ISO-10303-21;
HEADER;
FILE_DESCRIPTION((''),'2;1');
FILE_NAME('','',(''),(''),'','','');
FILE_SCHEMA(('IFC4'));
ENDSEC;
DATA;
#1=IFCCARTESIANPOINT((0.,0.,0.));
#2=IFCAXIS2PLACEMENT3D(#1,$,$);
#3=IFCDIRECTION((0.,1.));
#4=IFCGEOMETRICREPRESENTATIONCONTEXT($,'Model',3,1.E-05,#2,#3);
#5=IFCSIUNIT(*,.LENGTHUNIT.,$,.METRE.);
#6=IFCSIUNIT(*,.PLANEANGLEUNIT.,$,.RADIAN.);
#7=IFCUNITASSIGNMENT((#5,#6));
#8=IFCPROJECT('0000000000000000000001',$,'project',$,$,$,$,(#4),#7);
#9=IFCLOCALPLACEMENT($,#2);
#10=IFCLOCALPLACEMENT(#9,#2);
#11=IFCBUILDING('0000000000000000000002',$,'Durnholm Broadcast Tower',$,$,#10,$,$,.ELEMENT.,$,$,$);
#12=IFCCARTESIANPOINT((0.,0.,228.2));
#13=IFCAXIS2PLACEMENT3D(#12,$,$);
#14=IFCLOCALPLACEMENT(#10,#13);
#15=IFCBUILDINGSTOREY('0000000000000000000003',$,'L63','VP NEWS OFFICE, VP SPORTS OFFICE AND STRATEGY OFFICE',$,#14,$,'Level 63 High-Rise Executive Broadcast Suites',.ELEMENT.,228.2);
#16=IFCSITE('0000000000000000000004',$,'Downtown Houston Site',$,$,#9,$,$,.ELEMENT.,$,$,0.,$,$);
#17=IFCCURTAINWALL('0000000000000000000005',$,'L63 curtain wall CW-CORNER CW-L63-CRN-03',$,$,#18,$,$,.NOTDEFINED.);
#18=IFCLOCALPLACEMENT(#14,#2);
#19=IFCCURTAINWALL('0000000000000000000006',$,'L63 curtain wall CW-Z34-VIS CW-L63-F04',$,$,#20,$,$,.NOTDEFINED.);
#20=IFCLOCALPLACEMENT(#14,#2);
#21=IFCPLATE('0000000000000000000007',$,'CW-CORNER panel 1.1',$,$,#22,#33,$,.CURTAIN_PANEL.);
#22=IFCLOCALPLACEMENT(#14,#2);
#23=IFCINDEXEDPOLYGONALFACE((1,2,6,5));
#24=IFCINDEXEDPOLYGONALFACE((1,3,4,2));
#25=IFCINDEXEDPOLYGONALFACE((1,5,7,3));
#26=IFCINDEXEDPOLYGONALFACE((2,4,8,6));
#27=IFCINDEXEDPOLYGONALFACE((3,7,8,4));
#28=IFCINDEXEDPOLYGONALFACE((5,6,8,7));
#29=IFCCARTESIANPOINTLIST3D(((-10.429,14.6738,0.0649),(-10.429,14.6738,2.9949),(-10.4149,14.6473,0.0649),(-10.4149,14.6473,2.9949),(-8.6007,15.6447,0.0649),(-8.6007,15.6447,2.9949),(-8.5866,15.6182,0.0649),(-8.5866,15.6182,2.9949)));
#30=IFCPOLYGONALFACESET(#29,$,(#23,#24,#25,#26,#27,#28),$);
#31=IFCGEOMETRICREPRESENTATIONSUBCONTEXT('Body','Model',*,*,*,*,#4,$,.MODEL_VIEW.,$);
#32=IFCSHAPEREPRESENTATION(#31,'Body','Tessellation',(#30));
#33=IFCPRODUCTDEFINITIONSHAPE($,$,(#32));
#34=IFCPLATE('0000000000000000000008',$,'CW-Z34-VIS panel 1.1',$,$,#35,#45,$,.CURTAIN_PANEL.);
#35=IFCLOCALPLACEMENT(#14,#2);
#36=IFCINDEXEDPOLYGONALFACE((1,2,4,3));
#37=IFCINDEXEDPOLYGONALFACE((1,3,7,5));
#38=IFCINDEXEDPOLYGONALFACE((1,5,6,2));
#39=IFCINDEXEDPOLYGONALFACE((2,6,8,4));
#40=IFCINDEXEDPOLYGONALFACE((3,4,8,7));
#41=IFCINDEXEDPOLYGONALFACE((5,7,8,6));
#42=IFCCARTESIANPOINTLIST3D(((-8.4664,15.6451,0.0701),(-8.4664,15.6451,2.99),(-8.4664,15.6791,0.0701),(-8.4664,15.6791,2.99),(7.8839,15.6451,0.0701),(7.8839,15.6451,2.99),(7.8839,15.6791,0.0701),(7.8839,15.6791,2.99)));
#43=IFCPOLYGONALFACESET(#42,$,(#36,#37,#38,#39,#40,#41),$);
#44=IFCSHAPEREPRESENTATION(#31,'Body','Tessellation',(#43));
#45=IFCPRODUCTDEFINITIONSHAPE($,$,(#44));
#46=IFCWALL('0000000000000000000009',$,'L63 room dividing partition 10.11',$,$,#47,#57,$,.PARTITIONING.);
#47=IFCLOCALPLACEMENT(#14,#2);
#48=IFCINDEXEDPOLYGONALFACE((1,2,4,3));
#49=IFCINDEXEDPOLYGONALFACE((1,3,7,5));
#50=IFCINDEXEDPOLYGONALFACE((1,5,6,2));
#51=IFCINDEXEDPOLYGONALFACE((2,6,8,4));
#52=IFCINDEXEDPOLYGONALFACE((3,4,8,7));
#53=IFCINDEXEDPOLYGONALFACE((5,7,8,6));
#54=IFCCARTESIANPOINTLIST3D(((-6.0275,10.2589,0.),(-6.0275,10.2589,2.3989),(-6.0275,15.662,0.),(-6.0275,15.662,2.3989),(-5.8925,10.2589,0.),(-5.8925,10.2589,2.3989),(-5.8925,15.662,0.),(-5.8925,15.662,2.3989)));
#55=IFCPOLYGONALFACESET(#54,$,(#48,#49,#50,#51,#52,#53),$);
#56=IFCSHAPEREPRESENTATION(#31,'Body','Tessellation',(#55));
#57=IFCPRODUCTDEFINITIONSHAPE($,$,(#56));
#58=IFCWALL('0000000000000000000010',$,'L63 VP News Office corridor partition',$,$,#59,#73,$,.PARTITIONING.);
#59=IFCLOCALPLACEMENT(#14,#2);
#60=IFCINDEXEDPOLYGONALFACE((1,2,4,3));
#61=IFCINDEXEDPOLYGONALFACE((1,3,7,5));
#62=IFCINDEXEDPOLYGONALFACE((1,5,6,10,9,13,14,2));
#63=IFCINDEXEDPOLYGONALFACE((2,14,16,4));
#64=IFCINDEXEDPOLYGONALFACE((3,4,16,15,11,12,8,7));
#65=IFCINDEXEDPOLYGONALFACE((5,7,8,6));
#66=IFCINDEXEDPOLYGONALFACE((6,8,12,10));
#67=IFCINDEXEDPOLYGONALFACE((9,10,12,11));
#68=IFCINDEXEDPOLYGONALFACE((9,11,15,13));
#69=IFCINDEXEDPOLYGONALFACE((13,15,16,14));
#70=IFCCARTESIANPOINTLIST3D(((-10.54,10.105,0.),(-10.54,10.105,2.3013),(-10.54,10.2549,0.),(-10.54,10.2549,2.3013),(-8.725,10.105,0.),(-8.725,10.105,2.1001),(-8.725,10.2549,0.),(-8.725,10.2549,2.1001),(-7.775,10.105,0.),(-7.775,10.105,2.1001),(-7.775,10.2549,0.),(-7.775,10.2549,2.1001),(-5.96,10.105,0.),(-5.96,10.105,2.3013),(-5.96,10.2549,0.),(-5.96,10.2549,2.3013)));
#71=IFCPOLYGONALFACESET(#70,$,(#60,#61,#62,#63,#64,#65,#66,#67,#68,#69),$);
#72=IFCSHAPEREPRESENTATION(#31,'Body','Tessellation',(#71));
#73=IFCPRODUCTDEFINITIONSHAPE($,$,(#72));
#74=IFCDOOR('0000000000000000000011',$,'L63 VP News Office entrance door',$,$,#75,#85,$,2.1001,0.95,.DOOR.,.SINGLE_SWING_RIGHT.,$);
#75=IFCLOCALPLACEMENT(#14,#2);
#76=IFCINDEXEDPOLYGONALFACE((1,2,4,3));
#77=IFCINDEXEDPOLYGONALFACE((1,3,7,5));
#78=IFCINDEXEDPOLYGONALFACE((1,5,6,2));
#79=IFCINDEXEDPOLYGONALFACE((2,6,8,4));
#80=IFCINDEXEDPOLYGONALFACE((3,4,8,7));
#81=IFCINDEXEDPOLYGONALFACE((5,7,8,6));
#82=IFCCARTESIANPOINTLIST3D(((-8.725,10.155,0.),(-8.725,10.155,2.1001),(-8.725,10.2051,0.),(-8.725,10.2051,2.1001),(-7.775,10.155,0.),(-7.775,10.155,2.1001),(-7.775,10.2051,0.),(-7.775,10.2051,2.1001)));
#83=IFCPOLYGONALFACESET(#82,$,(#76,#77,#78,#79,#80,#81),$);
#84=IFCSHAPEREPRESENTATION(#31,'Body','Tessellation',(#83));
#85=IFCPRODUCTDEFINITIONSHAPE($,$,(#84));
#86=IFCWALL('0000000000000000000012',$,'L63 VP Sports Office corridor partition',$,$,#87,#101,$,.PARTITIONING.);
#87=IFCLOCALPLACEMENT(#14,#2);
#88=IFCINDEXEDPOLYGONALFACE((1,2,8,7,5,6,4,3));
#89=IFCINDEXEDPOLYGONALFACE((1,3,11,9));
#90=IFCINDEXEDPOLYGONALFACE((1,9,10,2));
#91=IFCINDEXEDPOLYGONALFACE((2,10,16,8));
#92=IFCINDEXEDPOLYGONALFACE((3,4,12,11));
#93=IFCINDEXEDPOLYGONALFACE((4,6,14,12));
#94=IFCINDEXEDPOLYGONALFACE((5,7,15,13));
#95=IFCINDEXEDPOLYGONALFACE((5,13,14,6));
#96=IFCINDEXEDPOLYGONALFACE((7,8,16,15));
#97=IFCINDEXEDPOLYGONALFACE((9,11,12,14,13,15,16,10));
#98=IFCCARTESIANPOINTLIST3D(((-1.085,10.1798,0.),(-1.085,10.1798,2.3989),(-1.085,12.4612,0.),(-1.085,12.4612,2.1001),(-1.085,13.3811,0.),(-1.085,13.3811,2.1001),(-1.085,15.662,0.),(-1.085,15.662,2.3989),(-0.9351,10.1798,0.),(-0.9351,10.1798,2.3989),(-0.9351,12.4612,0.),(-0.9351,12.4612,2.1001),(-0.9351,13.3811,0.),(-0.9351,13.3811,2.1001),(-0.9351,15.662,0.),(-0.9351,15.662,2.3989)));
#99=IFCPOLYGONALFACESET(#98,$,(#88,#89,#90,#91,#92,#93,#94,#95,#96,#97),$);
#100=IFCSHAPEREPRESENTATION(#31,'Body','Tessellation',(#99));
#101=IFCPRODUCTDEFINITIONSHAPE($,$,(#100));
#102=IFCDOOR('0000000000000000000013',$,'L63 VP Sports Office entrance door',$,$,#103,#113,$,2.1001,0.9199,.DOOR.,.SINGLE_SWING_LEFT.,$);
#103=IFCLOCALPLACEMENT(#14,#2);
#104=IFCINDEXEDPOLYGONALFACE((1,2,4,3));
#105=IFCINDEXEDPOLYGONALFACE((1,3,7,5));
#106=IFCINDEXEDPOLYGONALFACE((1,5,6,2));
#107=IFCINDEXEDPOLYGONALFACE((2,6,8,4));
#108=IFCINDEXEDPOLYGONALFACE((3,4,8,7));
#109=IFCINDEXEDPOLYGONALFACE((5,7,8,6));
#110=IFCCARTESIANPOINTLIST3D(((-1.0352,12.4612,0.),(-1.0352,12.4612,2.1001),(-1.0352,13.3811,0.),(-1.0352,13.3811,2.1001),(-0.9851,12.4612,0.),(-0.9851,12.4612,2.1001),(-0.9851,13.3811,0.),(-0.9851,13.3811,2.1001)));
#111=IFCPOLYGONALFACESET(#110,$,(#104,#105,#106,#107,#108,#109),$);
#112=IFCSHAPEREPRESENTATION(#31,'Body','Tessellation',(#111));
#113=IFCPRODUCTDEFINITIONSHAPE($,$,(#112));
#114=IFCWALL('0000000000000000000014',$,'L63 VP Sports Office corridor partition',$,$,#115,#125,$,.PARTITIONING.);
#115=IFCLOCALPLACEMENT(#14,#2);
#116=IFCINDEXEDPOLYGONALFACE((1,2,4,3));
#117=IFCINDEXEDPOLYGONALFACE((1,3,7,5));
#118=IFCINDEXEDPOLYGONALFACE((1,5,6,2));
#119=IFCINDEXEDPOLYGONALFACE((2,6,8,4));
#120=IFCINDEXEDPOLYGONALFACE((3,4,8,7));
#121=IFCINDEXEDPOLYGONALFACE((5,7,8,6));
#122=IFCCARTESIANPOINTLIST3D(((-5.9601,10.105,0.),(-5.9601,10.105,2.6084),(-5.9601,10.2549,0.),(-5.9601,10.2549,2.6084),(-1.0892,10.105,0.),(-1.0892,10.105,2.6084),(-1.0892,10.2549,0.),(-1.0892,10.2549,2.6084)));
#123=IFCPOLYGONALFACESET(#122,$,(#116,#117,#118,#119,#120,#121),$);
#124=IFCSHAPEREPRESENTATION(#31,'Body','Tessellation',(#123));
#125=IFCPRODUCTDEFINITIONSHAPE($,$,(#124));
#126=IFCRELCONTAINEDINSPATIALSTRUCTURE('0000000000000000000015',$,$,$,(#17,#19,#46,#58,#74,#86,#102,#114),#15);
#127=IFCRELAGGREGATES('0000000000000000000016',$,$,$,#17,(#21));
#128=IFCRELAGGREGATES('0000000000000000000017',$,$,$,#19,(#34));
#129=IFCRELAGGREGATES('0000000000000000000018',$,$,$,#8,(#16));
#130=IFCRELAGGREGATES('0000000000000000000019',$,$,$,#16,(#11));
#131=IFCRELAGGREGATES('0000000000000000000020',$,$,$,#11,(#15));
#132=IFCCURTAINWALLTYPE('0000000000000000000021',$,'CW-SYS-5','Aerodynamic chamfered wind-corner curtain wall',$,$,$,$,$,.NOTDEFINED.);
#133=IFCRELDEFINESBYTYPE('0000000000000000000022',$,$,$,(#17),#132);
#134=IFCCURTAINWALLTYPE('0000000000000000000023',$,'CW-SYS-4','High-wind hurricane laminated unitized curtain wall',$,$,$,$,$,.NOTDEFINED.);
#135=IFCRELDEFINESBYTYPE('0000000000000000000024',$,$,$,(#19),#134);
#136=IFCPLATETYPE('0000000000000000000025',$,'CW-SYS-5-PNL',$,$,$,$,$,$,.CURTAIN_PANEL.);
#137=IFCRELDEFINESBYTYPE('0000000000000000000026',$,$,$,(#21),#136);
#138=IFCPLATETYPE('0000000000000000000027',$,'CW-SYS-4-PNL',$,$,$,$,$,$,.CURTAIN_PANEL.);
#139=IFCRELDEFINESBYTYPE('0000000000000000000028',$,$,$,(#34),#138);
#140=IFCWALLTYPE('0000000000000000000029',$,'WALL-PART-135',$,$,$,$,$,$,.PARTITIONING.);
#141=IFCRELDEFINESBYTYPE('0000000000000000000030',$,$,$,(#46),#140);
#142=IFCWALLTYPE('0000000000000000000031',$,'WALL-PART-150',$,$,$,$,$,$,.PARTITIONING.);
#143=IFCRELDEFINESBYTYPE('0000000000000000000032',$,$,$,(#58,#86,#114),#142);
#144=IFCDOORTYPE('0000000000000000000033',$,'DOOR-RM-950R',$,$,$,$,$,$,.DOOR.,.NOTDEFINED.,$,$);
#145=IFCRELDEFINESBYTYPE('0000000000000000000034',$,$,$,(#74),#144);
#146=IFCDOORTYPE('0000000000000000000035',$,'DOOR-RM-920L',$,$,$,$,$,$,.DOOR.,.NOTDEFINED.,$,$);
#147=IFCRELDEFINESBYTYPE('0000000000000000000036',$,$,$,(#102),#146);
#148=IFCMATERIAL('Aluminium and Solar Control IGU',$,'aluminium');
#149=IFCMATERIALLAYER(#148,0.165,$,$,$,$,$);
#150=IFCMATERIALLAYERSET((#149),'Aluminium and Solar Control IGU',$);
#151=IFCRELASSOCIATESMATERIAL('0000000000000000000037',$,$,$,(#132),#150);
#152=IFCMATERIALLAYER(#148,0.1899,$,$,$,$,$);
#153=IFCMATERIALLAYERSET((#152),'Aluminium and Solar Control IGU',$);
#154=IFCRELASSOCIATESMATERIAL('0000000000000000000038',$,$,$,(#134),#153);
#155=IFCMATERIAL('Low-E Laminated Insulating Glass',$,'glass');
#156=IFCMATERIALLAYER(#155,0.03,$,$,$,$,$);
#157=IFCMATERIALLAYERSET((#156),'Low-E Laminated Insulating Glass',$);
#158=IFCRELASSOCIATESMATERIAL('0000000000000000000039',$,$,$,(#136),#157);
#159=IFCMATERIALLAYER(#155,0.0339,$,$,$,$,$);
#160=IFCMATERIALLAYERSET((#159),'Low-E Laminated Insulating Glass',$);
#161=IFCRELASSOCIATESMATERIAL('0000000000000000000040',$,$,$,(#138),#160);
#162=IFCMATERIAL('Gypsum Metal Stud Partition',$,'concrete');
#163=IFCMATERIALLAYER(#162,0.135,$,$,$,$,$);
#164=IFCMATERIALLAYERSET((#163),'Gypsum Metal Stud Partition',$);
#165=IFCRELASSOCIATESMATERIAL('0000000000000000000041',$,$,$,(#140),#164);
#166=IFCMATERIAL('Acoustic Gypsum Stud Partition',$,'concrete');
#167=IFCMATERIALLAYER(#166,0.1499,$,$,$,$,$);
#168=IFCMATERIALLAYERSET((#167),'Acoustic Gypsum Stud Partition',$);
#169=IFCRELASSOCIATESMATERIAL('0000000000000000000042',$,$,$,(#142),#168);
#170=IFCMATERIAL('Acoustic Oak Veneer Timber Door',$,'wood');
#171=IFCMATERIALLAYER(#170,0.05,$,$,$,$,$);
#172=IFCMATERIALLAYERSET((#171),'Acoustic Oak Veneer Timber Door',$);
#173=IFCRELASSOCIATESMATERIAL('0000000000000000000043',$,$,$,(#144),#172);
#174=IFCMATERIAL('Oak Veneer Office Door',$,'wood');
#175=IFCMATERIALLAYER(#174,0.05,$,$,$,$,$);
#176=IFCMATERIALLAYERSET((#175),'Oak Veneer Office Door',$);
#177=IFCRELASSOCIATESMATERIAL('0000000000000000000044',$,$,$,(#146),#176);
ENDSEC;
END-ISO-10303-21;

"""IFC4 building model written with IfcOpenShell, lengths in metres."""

from ifc_helpers import new_model, si_unit, direction, frame, frame_2d, origin, origin_2d, place, context, subcontext, project, spatial, rectangle, extrude, source, transform, mapped, material, layer, layer_set, type_object, type_shapes, element, fill, aggregate, save


model = new_model("IFC4")

# Units and contexts
model_context = context("Model", 3, precision=1e-05, world=origin(), true_north=direction((0.0, 1.0)))
body_context = subcontext(model_context, "Body", "Model", "MODEL_VIEW")
ifc_project = project(units=[si_unit("LENGTHUNIT", "METRE"), si_unit("PLANEANGLEUNIT", "RADIAN")], contexts=[model_context])

# Site, building, storey
site_placement = place(None, origin())
site = spatial("IfcSite", under=ifc_project, at=site_placement, Name="Downtown Houston Site", CompositionType="ELEMENT", RefElevation=0.0)
building_placement = place(site_placement, origin())
building = spatial("IfcBuilding", under=site, at=building_placement, Name="Durnholm Broadcast Tower", CompositionType="ELEMENT")
storey_placement = place(building_placement, frame((0.0, 0.0, 228.2)))
storey = spatial("IfcBuildingStorey", under=building, at=storey_placement, Name="L63", Description="VP NEWS OFFICE, VP SPORTS OFFICE AND STRATEGY OFFICE", LongName="Level 63 High-Rise Executive Broadcast Suites", CompositionType="ELEMENT", Elevation=228.2)

# Curtain wall
ifc_material_1 = material(Name="Aluminium and Solar Control IGU", Category="aluminium")
ifc_layer_1 = layer(ifc_material_1, 0.165)
ifc_layer_set_1 = layer_set([ifc_layer_1], Name="Aluminium and Solar Control IGU")
curtain_wall_type_1 = type_object("IfcCurtainWallType", Name="CW-SYS-5", Description="Aerodynamic chamfered wind-corner curtain wall", PredefinedType="NOTDEFINED", material=ifc_layer_set_1)
curtain_wall_1_placement = place(storey_placement, origin())
curtain_wall_1 = element("IfcCurtainWall", 1, at=curtain_wall_1_placement, inside=storey, type_object=curtain_wall_type_1, Name="L63 curtain wall CW-CORNER CW-L63-CRN-03", PredefinedType="NOTDEFINED")

# Curtain wall
ifc_layer_2 = layer(ifc_material_1, 0.1899)
ifc_layer_set_2 = layer_set([ifc_layer_2], Name="Aluminium and Solar Control IGU")
curtain_wall_type_2 = type_object("IfcCurtainWallType", Name="CW-SYS-4", Description="High-wind hurricane laminated unitized curtain wall", PredefinedType="NOTDEFINED", material=ifc_layer_set_2)
curtain_wall_2_placement = place(storey_placement, origin())
curtain_wall_2 = element("IfcCurtainWall", 2, at=curtain_wall_2_placement, inside=storey, type_object=curtain_wall_type_2, Name="L63 curtain wall CW-Z34-VIS CW-L63-F04", PredefinedType="NOTDEFINED")

# Plates
ifc_material_2 = material(Name="Low-E Laminated Insulating Glass", Category="glass")
ifc_layer_3 = layer(ifc_material_2, 0.03)
ifc_layer_set_3 = layer_set([ifc_layer_3], Name="Low-E Laminated Insulating Glass")
plate_type_1 = type_object("IfcPlateType", Name="CW-SYS-5-PNL", PredefinedType="CURTAIN_PANEL", material=ifc_layer_set_3)
shared_shape_1 = source(origin(), body_context, "Body", "SweptSolid", [
    extrude(rectangle(XDim=2.0701, YDim=0.03, at=origin_2d()), origin(), (0.0, 0.0, 1.0), 2.9299),
])
type_shapes(plate_type_1, [shared_shape_1])
plate_1_placement = place(storey_placement, frame((-9.5078, 15.146, 0.0649), z_axis=(0.0, 0.0, 1.0), x_axis=(0.883195, 0.469007, 0.0)))
plate_1 = element("IfcPlate", 3, at=plate_1_placement, type_object=plate_type_1, Name="CW-CORNER panel 1.1", PredefinedType="CURTAIN_PANEL", context=body_context, shape_type="MappedRepresentation", body=[
    mapped(shared_shape_1, transform((0.0, 0.0, 0.0), x_axis=(1.0, 0.0, 0.0), y_axis=(0.0, 1.0, 0.0), z_axis=(0.0, 0.0, 1.0), scale=1.0)),
])
aggregate(curtain_wall_1, [plate_1])
ifc_layer_4 = layer(ifc_material_2, 0.0339)
ifc_layer_set_4 = layer_set([ifc_layer_4], Name="Low-E Laminated Insulating Glass")
plate_type_2 = type_object("IfcPlateType", Name="CW-SYS-4-PNL", PredefinedType="CURTAIN_PANEL", material=ifc_layer_set_4)
shared_shape_2 = source(origin(), body_context, "Body", "SweptSolid", [
    extrude(rectangle(XDim=16.3503, YDim=0.0339, at=origin_2d()), origin(), (0.0, 0.0, 1.0), 2.9199),
])
type_shapes(plate_type_2, [shared_shape_2])
plate_2_placement = place(storey_placement, frame((-0.2913, 15.6621, 0.0701), z_axis=(0.0, 0.0, 1.0), x_axis=(1.0, 0.0, 0.0)))
plate_2 = element("IfcPlate", 4, at=plate_2_placement, type_object=plate_type_2, Name="CW-Z34-VIS panel 1.1", PredefinedType="CURTAIN_PANEL", context=body_context, shape_type="MappedRepresentation", body=[
    mapped(shared_shape_2, transform((0.0, 0.0, 0.0), x_axis=(1.0, 0.0, 0.0), y_axis=(0.0, 1.0, 0.0), z_axis=(0.0, 0.0, 1.0), scale=1.0)),
])
aggregate(curtain_wall_2, [plate_2])

# Wall
ifc_material_3 = material(Name="Gypsum Metal Stud Partition", Category="concrete")
ifc_layer_5 = layer(ifc_material_3, 0.135)
ifc_layer_set_5 = layer_set([ifc_layer_5], Name="Gypsum Metal Stud Partition")
wall_type_1 = type_object("IfcWallType", Name="WALL-PART-135", PredefinedType="PARTITIONING", material=ifc_layer_set_5)
wall_1_placement = place(storey_placement, frame((-5.96, 15.6621, 0.0), z_axis=(0.0, 0.0, 1.0), x_axis=(0.0, -1.0, 0.0)))
element("IfcWall", 5, at=wall_1_placement, inside=storey, type_object=wall_type_1, Name="L63 room dividing partition 10.11", PredefinedType="PARTITIONING", context=body_context, shape_type="SweptSolid", body=[
    extrude(rectangle(XDim=5.4031, YDim=0.135, at=frame_2d((2.7017, 0.0))), origin(), (0.0, 0.0, 1.0), 2.3989),
])

# Walls, openings, doors
ifc_material_4 = material(Name="Acoustic Gypsum Stud Partition", Category="concrete")
ifc_layer_6 = layer(ifc_material_4, 0.1499)
ifc_layer_set_6 = layer_set([ifc_layer_6], Name="Acoustic Gypsum Stud Partition")
wall_type_2 = type_object("IfcWallType", Name="WALL-PART-150", PredefinedType="PARTITIONING", material=ifc_layer_set_6)
wall_2_placement = place(storey_placement, frame((-5.96, 10.1799, 0.0), z_axis=(0.0, 0.0, 1.0), x_axis=(-1.0, 0.0, 0.0)))
wall_2 = element("IfcWall", 6, at=wall_2_placement, inside=storey, type_object=wall_type_2, Name="L63 VP News Office corridor partition", PredefinedType="PARTITIONING", context=body_context, shape_type="SweptSolid", body=[
    extrude(rectangle(XDim=4.5801, YDim=0.1499, at=frame_2d((2.29, 0.0))), origin(), (0.0, 0.0, 1.0), 2.3013),
])
opening_1_placement = place(wall_2_placement, frame((1.8149, 0.0, 0.0)))
opening_1 = element("IfcOpeningElement", 7, at=opening_1_placement, cuts=wall_2, PredefinedType="OPENING", context=body_context, shape_type="SweptSolid", body=[
    extrude(rectangle(XDim=0.95, YDim=2.1001, at=frame_2d((0.4751, 1.05))), frame((0.0, 0.085, 0.0), z_axis=(0.0, -1.0, 0.0), x_axis=(1.0, 0.0, 0.0)), (0.0, 0.0, 1.0), 0.1699),
])
ifc_material_5 = material(Name="Acoustic Oak Veneer Timber Door", Category="wood")
ifc_layer_7 = layer(ifc_material_5, 0.05)
ifc_layer_set_7 = layer_set([ifc_layer_7], Name="Acoustic Oak Veneer Timber Door")
door_type_1 = type_object("IfcDoorType", Name="DOOR-RM-950R", OperationType="NOTDEFINED", PredefinedType="DOOR", material=ifc_layer_set_7)
shared_shape_3 = source(origin(), body_context, "Body", "SweptSolid", [
    extrude(rectangle(XDim=0.95, YDim=2.1001, at=frame_2d((0.4751, 1.05))), frame((0.0, 0.0249, 0.0), z_axis=(0.0, -1.0, 0.0), x_axis=(1.0, 0.0, 0.0)), (0.0, 0.0, 1.0), 0.05),
])
type_shapes(door_type_1, [shared_shape_3])
door_1_placement = place(opening_1_placement, origin())
door_1 = element("IfcDoor", 8, at=door_1_placement, inside=storey, type_object=door_type_1, Name="L63 VP News Office entrance door", OperationType="SINGLE_SWING_RIGHT", OverallHeight=2.1001, OverallWidth=0.95, PredefinedType="DOOR", context=body_context, shape_type="MappedRepresentation", body=[
    mapped(shared_shape_3, transform((0.0, 0.0, 0.0), x_axis=(1.0, 0.0, 0.0), y_axis=(0.0, 1.0, 0.0), z_axis=(0.0, 0.0, 1.0), scale=1.0)),
])
fill(opening_1, door_1)
wall_3_placement = place(storey_placement, frame((-1.01, 15.6621, 0.0), z_axis=(0.0, 0.0, 1.0), x_axis=(0.0, -1.0, 0.0)))
wall_3 = element("IfcWall", 9, at=wall_3_placement, inside=storey, type_object=wall_type_2, Name="L63 VP Sports Office corridor partition", PredefinedType="PARTITIONING", context=body_context, shape_type="SweptSolid", body=[
    extrude(rectangle(XDim=5.4822, YDim=0.1499, at=frame_2d((2.7412, 0.0))), origin(), (0.0, 0.0, 1.0), 2.3989),
])
opening_2_placement = place(wall_3_placement, frame((2.281, 0.0, 0.0)))
opening_2 = element("IfcOpeningElement", 10, at=opening_2_placement, cuts=wall_3, PredefinedType="OPENING", context=body_context, shape_type="SweptSolid", body=[
    extrude(rectangle(XDim=0.9199, YDim=2.1001, at=frame_2d((0.46, 1.05))), frame((0.0, 0.085, 0.0), z_axis=(0.0, -1.0, 0.0), x_axis=(1.0, 0.0, 0.0)), (0.0, 0.0, 1.0), 0.1699),
])
ifc_material_6 = material(Name="Oak Veneer Office Door", Category="wood")
ifc_layer_8 = layer(ifc_material_6, 0.05)
ifc_layer_set_8 = layer_set([ifc_layer_8], Name="Oak Veneer Office Door")
door_type_2 = type_object("IfcDoorType", Name="DOOR-RM-920L", OperationType="NOTDEFINED", PredefinedType="DOOR", material=ifc_layer_set_8)
shared_shape_4 = source(origin(), body_context, "Body", "SweptSolid", [
    extrude(rectangle(XDim=0.9199, YDim=2.1001, at=frame_2d((0.46, 1.05))), frame((0.0, 0.0249, 0.0), z_axis=(0.0, -1.0, 0.0), x_axis=(1.0, 0.0, 0.0)), (0.0, 0.0, 1.0), 0.05),
])
type_shapes(door_type_2, [shared_shape_4])
door_2_placement = place(opening_2_placement, origin())
door_2 = element("IfcDoor", 11, at=door_2_placement, inside=storey, type_object=door_type_2, Name="L63 VP Sports Office entrance door", OperationType="SINGLE_SWING_LEFT", OverallHeight=2.1001, OverallWidth=0.9199, PredefinedType="DOOR", context=body_context, shape_type="MappedRepresentation", body=[
    mapped(shared_shape_4, transform((0.0, 0.0, 0.0), x_axis=(1.0, 0.0, 0.0), y_axis=(0.0, 1.0, 0.0), z_axis=(0.0, 0.0, 1.0), scale=1.0)),
])
fill(opening_2, door_2)

# Wall
wall_4_placement = place(storey_placement, frame((-1.0891, 10.1799, 0.0), z_axis=(0.0, 0.0, 1.0), x_axis=(-1.0, 0.0, 0.0)))
element("IfcWall", 12, at=wall_4_placement, inside=storey, type_object=wall_type_2, Name="L63 VP Sports Office corridor partition", PredefinedType="PARTITIONING", context=body_context, shape_type="SweptSolid", body=[
    extrude(rectangle(XDim=4.8708, YDim=0.1499, at=frame_2d((2.4355, 0.0))), origin(), (0.0, 0.0, 1.0), 2.6084),
])

save(model, "model.ifc")
